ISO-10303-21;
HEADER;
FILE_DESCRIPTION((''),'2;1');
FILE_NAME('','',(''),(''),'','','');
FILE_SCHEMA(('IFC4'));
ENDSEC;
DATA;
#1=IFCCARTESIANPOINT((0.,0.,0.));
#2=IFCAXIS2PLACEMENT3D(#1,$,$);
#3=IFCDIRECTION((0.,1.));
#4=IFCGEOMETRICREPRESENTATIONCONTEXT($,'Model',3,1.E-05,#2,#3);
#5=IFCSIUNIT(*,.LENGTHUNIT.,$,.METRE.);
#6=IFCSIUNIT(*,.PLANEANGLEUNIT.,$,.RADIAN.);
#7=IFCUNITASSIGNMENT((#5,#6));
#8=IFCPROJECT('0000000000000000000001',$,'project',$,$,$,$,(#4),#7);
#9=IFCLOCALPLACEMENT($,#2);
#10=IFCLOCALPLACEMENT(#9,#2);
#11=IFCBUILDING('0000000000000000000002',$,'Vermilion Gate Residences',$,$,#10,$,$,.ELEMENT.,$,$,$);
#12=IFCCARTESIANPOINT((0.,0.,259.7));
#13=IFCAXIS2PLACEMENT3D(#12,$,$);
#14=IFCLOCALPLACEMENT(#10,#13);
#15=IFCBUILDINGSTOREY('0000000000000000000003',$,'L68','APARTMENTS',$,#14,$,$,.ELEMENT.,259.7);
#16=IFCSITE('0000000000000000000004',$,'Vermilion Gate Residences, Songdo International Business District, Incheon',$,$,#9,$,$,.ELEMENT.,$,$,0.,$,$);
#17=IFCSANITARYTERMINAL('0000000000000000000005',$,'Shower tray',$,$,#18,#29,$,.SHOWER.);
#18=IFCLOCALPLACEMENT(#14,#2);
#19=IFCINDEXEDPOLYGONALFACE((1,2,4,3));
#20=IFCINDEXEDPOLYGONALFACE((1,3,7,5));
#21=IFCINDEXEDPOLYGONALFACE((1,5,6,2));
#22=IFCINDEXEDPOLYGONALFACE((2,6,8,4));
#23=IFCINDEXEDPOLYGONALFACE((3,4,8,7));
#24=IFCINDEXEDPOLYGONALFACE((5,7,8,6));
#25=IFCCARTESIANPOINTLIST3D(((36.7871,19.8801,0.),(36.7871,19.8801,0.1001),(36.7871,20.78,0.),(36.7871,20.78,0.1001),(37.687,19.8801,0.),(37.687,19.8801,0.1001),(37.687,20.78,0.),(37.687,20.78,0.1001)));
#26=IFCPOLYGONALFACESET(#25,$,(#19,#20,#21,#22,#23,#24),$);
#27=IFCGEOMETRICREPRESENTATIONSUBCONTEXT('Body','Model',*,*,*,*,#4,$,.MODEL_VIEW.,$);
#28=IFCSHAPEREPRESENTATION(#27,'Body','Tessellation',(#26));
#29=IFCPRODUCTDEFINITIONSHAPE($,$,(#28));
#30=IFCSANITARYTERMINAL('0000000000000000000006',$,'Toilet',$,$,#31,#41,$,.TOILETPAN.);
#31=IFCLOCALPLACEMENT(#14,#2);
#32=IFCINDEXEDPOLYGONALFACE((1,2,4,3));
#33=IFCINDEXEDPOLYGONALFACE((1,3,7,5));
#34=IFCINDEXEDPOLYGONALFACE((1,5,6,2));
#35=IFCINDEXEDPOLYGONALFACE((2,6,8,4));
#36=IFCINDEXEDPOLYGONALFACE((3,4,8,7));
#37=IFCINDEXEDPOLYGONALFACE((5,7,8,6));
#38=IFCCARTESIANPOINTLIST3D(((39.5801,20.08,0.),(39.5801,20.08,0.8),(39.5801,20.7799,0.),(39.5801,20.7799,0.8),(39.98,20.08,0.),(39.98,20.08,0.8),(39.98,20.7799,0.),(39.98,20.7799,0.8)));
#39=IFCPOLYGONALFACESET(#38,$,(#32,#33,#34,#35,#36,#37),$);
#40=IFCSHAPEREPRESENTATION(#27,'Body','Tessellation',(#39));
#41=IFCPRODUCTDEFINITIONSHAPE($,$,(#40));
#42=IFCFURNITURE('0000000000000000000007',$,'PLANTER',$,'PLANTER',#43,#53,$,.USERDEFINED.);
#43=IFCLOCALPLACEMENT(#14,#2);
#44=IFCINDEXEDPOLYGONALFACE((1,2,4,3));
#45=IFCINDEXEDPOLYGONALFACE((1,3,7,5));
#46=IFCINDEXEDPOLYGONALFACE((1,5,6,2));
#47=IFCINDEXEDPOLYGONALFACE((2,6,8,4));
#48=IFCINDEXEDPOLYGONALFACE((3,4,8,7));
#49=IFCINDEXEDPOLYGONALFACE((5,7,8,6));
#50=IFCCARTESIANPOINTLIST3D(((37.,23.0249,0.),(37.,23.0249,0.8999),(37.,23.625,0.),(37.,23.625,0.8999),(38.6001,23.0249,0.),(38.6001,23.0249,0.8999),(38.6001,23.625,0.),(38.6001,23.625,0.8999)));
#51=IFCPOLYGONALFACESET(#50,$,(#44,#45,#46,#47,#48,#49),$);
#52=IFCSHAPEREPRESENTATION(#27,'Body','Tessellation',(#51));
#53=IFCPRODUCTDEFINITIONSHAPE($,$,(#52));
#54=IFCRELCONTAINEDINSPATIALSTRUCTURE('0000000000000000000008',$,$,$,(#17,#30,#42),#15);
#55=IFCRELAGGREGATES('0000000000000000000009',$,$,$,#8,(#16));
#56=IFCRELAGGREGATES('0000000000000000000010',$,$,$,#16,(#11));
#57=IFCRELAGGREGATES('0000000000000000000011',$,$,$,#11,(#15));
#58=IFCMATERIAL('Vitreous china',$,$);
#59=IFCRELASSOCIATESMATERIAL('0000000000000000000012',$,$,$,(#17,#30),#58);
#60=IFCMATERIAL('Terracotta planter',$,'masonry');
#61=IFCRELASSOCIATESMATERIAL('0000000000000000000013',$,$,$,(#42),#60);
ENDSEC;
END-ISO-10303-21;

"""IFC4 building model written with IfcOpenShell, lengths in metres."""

from ifc_helpers import new_model, si_unit, direction, frame, origin, origin_2d, place, context, subcontext, project, spatial, rectangle, extrude, material, element, save


model = new_model("IFC4")

# Units and contexts
model_context = context("Model", 3, precision=1e-05, world=origin(), true_north=direction((0.0, 1.0)))
body_context = subcontext(model_context, "Body", "Model", "MODEL_VIEW")
ifc_project = project(units=[si_unit("LENGTHUNIT", "METRE"), si_unit("PLANEANGLEUNIT", "RADIAN")], contexts=[model_context])

# Site, building, storey
site_placement = place(None, origin())
site = spatial("IfcSite", under=ifc_project, at=site_placement, Name="Vermilion Gate Residences, Songdo International Business District, Incheon", CompositionType="ELEMENT", RefElevation=0.0)
building_placement = place(site_placement, origin())
building = spatial("IfcBuilding", under=site, at=building_placement, Name="Vermilion Gate Residences", CompositionType="ELEMENT")
storey_placement = place(building_placement, frame((0.0, 0.0, 259.7)))
storey = spatial("IfcBuildingStorey", under=building, at=storey_placement, Name="L68", Description="APARTMENTS", CompositionType="ELEMENT", Elevation=259.7)

# Sanitary terminals
ifc_material_1 = material(Name="Vitreous china")
sanitary_terminal_1_placement = place(storey_placement, frame((37.2371, 20.3301, 0.0), z_axis=(0.0, 0.0, 1.0), x_axis=(1.0, 0.0, 0.0)))
element("IfcSanitaryTerminal", 1, at=sanitary_terminal_1_placement, inside=storey, material=ifc_material_1, Name="Shower tray", PredefinedType="SHOWER", context=body_context, shape_type="SweptSolid", body=[
    extrude(rectangle(XDim=0.8999, YDim=0.8999, at=origin_2d()), origin(), (0.0, 0.0, 1.0), 0.1001),
])
sanitary_terminal_2_placement = place(storey_placement, frame((39.78, 20.4299, 0.0), z_axis=(0.0, 0.0, 1.0), x_axis=(1.0, 0.0, 0.0)))
element("IfcSanitaryTerminal", 2, at=sanitary_terminal_2_placement, inside=storey, material=ifc_material_1, Name="Toilet", PredefinedType="TOILETPAN", context=body_context, shape_type="SweptSolid", body=[
    extrude(rectangle(XDim=0.3999, YDim=0.7, at=origin_2d()), origin(), (0.0, 0.0, 1.0), 0.8),
])

# Furniture
ifc_material_2 = material(Name="Terracotta planter", Category="masonry")
furniture_placement = place(storey_placement, frame((37.8, 23.325, 0.0), z_axis=(0.0, 0.0, 1.0), x_axis=(-1.0, 0.0, 0.0)))
element("IfcFurniture", 3, at=furniture_placement, inside=storey, material=ifc_material_2, Name="PLANTER", ObjectType="PLANTER", PredefinedType="USERDEFINED", context=body_context, shape_type="SweptSolid", body=[
    extrude(rectangle(XDim=1.6001, YDim=0.6001, at=origin_2d()), origin(), (0.0, 0.0, 1.0), 0.8999),
])

save(model, "model.ifc")
